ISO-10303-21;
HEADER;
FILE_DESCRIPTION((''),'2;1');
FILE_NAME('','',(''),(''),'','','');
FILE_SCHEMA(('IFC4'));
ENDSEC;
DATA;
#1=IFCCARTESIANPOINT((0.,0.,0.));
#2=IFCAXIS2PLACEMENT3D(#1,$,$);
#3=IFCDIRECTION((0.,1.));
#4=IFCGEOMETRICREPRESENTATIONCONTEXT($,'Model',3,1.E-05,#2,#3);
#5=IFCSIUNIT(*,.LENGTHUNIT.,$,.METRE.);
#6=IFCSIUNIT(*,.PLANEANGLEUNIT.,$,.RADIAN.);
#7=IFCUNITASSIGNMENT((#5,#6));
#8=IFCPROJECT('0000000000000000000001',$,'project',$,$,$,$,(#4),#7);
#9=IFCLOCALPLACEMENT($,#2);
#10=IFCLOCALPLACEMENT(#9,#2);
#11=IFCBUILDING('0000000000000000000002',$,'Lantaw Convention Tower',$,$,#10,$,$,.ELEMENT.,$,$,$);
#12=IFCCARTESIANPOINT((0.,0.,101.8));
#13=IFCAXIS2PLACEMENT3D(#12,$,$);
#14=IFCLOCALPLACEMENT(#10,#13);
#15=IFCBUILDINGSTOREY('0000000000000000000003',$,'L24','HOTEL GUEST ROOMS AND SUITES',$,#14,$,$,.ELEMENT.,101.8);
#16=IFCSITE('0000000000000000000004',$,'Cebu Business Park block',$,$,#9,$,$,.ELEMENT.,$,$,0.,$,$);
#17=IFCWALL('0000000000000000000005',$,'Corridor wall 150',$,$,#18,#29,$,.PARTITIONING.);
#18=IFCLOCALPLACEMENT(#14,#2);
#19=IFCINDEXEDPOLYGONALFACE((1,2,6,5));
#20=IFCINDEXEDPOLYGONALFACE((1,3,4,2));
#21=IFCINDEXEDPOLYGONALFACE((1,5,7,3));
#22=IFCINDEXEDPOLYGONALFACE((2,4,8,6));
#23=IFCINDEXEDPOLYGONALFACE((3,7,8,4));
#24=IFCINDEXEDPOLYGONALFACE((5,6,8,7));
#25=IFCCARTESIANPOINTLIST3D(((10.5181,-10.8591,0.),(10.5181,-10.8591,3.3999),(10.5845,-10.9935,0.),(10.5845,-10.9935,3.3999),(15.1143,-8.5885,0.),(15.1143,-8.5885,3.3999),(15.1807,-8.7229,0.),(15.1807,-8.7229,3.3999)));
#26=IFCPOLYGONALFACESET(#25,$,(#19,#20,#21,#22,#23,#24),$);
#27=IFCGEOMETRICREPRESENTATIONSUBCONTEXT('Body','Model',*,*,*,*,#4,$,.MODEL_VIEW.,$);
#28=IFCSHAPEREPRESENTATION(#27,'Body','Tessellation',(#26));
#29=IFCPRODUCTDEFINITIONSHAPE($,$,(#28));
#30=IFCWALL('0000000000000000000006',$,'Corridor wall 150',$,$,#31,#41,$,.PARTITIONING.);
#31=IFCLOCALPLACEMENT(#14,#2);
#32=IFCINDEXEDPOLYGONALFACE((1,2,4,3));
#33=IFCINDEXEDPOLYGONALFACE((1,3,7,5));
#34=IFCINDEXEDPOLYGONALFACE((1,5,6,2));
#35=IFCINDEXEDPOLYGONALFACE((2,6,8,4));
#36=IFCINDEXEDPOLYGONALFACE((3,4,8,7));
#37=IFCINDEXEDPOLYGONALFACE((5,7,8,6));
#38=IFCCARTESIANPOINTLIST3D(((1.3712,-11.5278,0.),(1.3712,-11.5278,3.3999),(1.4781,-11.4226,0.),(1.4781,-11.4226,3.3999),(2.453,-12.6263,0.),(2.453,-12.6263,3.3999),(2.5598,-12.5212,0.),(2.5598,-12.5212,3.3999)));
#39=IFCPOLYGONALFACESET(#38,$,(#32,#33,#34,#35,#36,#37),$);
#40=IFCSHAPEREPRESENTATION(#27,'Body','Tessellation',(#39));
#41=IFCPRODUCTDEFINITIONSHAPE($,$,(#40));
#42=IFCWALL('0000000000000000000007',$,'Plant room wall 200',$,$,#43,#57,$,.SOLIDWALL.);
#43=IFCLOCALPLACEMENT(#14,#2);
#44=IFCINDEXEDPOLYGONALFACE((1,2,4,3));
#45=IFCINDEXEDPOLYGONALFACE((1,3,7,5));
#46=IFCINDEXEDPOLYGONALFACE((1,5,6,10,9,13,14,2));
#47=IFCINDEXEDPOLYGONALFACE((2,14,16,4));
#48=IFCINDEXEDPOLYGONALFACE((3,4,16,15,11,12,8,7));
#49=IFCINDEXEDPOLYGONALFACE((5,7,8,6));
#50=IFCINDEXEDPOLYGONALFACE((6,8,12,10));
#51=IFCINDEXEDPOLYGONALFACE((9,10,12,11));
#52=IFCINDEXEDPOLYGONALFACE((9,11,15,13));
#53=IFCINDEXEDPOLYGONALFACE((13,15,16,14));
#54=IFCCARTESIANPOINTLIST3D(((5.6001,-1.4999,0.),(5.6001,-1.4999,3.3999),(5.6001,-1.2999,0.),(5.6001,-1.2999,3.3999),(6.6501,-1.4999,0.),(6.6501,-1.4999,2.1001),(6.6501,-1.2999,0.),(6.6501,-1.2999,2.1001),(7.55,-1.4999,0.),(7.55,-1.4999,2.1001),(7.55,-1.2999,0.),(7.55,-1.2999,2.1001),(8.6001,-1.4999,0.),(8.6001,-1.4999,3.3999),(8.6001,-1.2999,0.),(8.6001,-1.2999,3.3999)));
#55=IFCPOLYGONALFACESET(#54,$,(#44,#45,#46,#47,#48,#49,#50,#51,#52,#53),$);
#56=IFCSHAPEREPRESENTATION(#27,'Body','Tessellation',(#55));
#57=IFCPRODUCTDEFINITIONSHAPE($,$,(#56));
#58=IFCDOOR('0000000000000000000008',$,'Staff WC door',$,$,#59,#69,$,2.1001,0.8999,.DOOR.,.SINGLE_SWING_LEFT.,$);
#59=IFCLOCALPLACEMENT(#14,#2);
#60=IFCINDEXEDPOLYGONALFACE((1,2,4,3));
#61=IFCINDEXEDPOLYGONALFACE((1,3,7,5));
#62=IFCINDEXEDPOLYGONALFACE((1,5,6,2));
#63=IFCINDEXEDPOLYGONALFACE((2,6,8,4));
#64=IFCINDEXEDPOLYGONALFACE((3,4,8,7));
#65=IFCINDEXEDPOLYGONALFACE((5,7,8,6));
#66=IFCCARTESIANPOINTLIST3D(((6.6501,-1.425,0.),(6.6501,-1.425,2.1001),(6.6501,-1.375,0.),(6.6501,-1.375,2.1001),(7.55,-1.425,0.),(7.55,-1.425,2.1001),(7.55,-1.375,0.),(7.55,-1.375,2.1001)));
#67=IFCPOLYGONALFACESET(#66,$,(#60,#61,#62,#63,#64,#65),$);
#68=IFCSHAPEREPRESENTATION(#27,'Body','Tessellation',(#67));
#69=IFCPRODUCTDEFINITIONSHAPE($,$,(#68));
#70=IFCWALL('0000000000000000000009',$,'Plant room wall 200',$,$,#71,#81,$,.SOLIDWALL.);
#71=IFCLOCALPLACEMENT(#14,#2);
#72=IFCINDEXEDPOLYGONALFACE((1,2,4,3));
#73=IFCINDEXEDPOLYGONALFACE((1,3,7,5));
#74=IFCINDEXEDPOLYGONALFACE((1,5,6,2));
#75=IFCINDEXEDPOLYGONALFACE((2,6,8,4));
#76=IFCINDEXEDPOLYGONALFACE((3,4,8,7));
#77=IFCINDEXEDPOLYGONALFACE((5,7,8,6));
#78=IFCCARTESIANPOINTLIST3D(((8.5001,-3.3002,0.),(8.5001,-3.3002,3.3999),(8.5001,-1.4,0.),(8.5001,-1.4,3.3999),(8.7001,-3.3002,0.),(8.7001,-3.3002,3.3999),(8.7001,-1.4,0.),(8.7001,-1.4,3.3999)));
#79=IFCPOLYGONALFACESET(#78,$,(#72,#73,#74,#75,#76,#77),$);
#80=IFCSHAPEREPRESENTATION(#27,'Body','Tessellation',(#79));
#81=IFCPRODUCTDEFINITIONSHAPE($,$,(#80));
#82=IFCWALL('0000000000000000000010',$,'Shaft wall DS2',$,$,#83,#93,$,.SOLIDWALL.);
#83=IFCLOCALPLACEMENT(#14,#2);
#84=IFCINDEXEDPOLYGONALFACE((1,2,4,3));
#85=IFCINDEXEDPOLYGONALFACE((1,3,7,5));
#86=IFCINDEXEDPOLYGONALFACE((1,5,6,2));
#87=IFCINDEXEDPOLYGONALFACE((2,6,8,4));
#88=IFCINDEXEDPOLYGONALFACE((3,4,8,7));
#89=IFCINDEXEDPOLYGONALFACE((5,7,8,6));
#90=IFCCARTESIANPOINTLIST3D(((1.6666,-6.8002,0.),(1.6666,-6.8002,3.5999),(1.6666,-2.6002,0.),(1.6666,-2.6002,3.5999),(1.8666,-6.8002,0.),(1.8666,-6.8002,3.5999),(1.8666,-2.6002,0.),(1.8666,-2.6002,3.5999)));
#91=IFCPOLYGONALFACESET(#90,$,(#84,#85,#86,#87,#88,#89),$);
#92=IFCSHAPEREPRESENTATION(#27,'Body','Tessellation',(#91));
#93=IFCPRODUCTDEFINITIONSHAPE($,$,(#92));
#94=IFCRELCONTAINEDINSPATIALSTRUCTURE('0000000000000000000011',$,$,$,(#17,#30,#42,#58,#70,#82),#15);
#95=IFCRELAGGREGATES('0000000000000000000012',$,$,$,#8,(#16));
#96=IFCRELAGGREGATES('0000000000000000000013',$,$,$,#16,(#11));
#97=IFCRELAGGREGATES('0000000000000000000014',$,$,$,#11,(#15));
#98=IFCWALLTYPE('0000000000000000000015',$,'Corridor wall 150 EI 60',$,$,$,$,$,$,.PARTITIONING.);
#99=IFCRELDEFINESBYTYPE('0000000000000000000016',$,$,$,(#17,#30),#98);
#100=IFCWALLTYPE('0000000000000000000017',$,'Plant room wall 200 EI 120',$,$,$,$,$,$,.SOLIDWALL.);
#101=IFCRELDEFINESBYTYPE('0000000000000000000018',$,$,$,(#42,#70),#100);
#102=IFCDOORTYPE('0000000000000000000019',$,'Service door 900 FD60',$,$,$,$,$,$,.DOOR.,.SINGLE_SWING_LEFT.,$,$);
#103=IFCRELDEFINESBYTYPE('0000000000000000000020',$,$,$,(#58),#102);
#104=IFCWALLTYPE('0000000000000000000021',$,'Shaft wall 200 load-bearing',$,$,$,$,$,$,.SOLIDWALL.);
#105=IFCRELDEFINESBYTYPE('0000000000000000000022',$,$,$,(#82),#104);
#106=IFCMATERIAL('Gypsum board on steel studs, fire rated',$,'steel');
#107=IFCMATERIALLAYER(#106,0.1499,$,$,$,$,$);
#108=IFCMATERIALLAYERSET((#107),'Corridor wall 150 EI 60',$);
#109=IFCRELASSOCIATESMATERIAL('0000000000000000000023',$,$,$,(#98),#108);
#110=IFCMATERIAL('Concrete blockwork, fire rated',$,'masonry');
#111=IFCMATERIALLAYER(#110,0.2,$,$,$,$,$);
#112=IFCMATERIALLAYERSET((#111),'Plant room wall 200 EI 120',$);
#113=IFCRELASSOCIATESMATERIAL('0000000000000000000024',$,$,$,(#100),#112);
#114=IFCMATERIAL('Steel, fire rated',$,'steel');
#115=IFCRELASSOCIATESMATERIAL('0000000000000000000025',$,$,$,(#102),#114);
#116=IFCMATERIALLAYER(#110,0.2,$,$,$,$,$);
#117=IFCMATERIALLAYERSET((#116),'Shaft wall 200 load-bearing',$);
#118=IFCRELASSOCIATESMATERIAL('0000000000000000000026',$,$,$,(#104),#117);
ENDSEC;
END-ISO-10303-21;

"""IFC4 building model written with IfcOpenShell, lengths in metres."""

from ifc_helpers import new_model, si_unit, direction, frame, frame_2d, origin, place, context, subcontext, project, spatial, rectangle, extrude, material, layer, layer_set, type_object, element, fill, save


model = new_model("IFC4")

# Units and contexts
model_context = context("Model", 3, precision=1e-05, world=origin(), true_north=direction((0.0, 1.0)))
body_context = subcontext(model_context, "Body", "Model", "MODEL_VIEW")
ifc_project = project(units=[si_unit("LENGTHUNIT", "METRE"), si_unit("PLANEANGLEUNIT", "RADIAN")], contexts=[model_context])

# Site, building, storey
site_placement = place(None, origin())
site = spatial("IfcSite", under=ifc_project, at=site_placement, Name="Cebu Business Park block", CompositionType="ELEMENT", RefElevation=0.0)
building_placement = place(site_placement, origin())
building = spatial("IfcBuilding", under=site, at=building_placement, Name="Lantaw Convention Tower", CompositionType="ELEMENT")
storey_placement = place(building_placement, frame((0.0, 0.0, 101.8)))
storey = spatial("IfcBuildingStorey", under=building, at=storey_placement, Name="L24", Description="HOTEL GUEST ROOMS AND SUITES", CompositionType="ELEMENT", Elevation=101.8)

# Shared definitions
ifc_material_1 = material(Name="Steel, fire rated", Category="steel")
ifc_material_2 = material(Name="Gypsum board on steel studs, fire rated", Category="steel")
ifc_layer_1 = layer(ifc_material_2, 0.1499)
ifc_layer_set_1 = layer_set([ifc_layer_1], Name="Corridor wall 150 EI 60")
wall_type_1 = type_object("IfcWallType", Name="Corridor wall 150 EI 60", PredefinedType="PARTITIONING", material=ifc_layer_set_1)

# Walls
wall_1_placement = place(storey_placement, frame((10.5513, -10.9263, 0.0), z_axis=(0.0, 0.0, 1.0), x_axis=(0.896569, 0.442903, 0.0)))
element("IfcWall", 1, at=wall_1_placement, inside=storey, type_object=wall_type_1, Name="Corridor wall 150", PredefinedType="PARTITIONING", context=body_context, shape_type="SweptSolid", body=[
    extrude(rectangle(XDim=5.1265, YDim=0.1499, at=frame_2d((2.5632, 0.0))), origin(), (0.0, 0.0, 1.0), 3.3999),
])
wall_2_placement = place(storey_placement, frame((1.4246, -11.4751, 0.0), z_axis=(0.0, 0.0, 1.0), x_axis=(0.701623, -0.712549, 0.0)))
element("IfcWall", 2, at=wall_2_placement, inside=storey, type_object=wall_type_1, Name="Corridor wall 150", PredefinedType="PARTITIONING", context=body_context, shape_type="SweptSolid", body=[
    extrude(rectangle(XDim=1.5417, YDim=0.1499, at=frame_2d((0.771, 0.0))), origin(), (0.0, 0.0, 1.0), 3.3999),
])

# Wall, opening, door
ifc_material_3 = material(Name="Concrete blockwork, fire rated", Category="masonry")
ifc_layer_2 = layer(ifc_material_3, 0.2)
ifc_layer_set_2 = layer_set([ifc_layer_2], Name="Plant room wall 200 EI 120")
wall_type_2 = type_object("IfcWallType", Name="Plant room wall 200 EI 120", PredefinedType="SOLIDWALL", material=ifc_layer_set_2)
wall_3_placement = place(storey_placement, frame((5.6001, -1.3999, 0.0), z_axis=(0.0, 0.0, 1.0), x_axis=(1.0, 0.0, 0.0)))
wall_3 = element("IfcWall", 3, at=wall_3_placement, inside=storey, type_object=wall_type_2, Name="Plant room wall 200", PredefinedType="SOLIDWALL", context=body_context, shape_type="SweptSolid", body=[
    extrude(rectangle(XDim=3.0, YDim=0.2, at=frame_2d((1.5, 0.0))), origin(), (0.0, 0.0, 1.0), 3.3999),
])
opening_1_placement = place(wall_3_placement, frame((1.05, 0.0, 0.0)))
opening_1 = element("IfcOpeningElement", 4, at=opening_1_placement, cuts=wall_3, PredefinedType="OPENING", context=body_context, shape_type="SweptSolid", body=[
    extrude(rectangle(XDim=0.8999, YDim=2.1001, at=frame_2d((0.45, 1.05))), frame((0.0, 0.1099, 0.0), z_axis=(0.0, -1.0, 0.0), x_axis=(1.0, 0.0, 0.0)), (0.0, 0.0, 1.0), 0.22),
])
door_type_1 = type_object("IfcDoorType", Name="Service door 900 FD60", OperationType="SINGLE_SWING_LEFT", PredefinedType="DOOR", material=ifc_material_1)
door_1_placement = place(opening_1_placement, origin())
door_1 = element("IfcDoor", 5, at=door_1_placement, inside=storey, type_object=door_type_1, Name="Staff WC door", OperationType="SINGLE_SWING_LEFT", OverallHeight=2.1001, OverallWidth=0.8999, PredefinedType="DOOR", context=body_context, shape_type="SweptSolid", body=[
    extrude(rectangle(XDim=0.8999, YDim=2.1001, at=frame_2d((0.45, 1.05))), frame((0.0, 0.0249, 0.0), z_axis=(0.0, -1.0, 0.0), x_axis=(1.0, 0.0, 0.0)), (0.0, 0.0, 1.0), 0.05),
])
fill(opening_1, door_1)

# Walls
wall_4_placement = place(storey_placement, frame((8.6001, -1.3999, 0.0), z_axis=(0.0, 0.0, 1.0), x_axis=(0.0, -1.0, 0.0)))
element("IfcWall", 6, at=wall_4_placement, inside=storey, type_object=wall_type_2, Name="Plant room wall 200", PredefinedType="SOLIDWALL", context=body_context, shape_type="SweptSolid", body=[
    extrude(rectangle(XDim=1.9001, YDim=0.2, at=frame_2d((0.9502, 0.0))), origin(), (0.0, 0.0, 1.0), 3.3999),
])
ifc_layer_3 = layer(ifc_material_3, 0.2)
ifc_layer_set_3 = layer_set([ifc_layer_3], Name="Shaft wall 200 load-bearing")
wall_type_3 = type_object("IfcWallType", Name="Shaft wall 200 load-bearing", PredefinedType="SOLIDWALL", material=ifc_layer_set_3)
wall_5_placement = place(storey_placement, frame((1.7666, -2.6001, 0.0), z_axis=(0.0, 0.0, 1.0), x_axis=(0.0, -1.0, 0.0)))
element("IfcWall", 7, at=wall_5_placement, inside=storey, type_object=wall_type_3, Name="Shaft wall DS2", PredefinedType="SOLIDWALL", context=body_context, shape_type="SweptSolid", body=[
    extrude(rectangle(XDim=4.2, YDim=0.2, at=frame_2d((2.1001, 0.0))), origin(), (0.0, 0.0, 1.0), 3.5999),
])

save(model, "model.ifc")
